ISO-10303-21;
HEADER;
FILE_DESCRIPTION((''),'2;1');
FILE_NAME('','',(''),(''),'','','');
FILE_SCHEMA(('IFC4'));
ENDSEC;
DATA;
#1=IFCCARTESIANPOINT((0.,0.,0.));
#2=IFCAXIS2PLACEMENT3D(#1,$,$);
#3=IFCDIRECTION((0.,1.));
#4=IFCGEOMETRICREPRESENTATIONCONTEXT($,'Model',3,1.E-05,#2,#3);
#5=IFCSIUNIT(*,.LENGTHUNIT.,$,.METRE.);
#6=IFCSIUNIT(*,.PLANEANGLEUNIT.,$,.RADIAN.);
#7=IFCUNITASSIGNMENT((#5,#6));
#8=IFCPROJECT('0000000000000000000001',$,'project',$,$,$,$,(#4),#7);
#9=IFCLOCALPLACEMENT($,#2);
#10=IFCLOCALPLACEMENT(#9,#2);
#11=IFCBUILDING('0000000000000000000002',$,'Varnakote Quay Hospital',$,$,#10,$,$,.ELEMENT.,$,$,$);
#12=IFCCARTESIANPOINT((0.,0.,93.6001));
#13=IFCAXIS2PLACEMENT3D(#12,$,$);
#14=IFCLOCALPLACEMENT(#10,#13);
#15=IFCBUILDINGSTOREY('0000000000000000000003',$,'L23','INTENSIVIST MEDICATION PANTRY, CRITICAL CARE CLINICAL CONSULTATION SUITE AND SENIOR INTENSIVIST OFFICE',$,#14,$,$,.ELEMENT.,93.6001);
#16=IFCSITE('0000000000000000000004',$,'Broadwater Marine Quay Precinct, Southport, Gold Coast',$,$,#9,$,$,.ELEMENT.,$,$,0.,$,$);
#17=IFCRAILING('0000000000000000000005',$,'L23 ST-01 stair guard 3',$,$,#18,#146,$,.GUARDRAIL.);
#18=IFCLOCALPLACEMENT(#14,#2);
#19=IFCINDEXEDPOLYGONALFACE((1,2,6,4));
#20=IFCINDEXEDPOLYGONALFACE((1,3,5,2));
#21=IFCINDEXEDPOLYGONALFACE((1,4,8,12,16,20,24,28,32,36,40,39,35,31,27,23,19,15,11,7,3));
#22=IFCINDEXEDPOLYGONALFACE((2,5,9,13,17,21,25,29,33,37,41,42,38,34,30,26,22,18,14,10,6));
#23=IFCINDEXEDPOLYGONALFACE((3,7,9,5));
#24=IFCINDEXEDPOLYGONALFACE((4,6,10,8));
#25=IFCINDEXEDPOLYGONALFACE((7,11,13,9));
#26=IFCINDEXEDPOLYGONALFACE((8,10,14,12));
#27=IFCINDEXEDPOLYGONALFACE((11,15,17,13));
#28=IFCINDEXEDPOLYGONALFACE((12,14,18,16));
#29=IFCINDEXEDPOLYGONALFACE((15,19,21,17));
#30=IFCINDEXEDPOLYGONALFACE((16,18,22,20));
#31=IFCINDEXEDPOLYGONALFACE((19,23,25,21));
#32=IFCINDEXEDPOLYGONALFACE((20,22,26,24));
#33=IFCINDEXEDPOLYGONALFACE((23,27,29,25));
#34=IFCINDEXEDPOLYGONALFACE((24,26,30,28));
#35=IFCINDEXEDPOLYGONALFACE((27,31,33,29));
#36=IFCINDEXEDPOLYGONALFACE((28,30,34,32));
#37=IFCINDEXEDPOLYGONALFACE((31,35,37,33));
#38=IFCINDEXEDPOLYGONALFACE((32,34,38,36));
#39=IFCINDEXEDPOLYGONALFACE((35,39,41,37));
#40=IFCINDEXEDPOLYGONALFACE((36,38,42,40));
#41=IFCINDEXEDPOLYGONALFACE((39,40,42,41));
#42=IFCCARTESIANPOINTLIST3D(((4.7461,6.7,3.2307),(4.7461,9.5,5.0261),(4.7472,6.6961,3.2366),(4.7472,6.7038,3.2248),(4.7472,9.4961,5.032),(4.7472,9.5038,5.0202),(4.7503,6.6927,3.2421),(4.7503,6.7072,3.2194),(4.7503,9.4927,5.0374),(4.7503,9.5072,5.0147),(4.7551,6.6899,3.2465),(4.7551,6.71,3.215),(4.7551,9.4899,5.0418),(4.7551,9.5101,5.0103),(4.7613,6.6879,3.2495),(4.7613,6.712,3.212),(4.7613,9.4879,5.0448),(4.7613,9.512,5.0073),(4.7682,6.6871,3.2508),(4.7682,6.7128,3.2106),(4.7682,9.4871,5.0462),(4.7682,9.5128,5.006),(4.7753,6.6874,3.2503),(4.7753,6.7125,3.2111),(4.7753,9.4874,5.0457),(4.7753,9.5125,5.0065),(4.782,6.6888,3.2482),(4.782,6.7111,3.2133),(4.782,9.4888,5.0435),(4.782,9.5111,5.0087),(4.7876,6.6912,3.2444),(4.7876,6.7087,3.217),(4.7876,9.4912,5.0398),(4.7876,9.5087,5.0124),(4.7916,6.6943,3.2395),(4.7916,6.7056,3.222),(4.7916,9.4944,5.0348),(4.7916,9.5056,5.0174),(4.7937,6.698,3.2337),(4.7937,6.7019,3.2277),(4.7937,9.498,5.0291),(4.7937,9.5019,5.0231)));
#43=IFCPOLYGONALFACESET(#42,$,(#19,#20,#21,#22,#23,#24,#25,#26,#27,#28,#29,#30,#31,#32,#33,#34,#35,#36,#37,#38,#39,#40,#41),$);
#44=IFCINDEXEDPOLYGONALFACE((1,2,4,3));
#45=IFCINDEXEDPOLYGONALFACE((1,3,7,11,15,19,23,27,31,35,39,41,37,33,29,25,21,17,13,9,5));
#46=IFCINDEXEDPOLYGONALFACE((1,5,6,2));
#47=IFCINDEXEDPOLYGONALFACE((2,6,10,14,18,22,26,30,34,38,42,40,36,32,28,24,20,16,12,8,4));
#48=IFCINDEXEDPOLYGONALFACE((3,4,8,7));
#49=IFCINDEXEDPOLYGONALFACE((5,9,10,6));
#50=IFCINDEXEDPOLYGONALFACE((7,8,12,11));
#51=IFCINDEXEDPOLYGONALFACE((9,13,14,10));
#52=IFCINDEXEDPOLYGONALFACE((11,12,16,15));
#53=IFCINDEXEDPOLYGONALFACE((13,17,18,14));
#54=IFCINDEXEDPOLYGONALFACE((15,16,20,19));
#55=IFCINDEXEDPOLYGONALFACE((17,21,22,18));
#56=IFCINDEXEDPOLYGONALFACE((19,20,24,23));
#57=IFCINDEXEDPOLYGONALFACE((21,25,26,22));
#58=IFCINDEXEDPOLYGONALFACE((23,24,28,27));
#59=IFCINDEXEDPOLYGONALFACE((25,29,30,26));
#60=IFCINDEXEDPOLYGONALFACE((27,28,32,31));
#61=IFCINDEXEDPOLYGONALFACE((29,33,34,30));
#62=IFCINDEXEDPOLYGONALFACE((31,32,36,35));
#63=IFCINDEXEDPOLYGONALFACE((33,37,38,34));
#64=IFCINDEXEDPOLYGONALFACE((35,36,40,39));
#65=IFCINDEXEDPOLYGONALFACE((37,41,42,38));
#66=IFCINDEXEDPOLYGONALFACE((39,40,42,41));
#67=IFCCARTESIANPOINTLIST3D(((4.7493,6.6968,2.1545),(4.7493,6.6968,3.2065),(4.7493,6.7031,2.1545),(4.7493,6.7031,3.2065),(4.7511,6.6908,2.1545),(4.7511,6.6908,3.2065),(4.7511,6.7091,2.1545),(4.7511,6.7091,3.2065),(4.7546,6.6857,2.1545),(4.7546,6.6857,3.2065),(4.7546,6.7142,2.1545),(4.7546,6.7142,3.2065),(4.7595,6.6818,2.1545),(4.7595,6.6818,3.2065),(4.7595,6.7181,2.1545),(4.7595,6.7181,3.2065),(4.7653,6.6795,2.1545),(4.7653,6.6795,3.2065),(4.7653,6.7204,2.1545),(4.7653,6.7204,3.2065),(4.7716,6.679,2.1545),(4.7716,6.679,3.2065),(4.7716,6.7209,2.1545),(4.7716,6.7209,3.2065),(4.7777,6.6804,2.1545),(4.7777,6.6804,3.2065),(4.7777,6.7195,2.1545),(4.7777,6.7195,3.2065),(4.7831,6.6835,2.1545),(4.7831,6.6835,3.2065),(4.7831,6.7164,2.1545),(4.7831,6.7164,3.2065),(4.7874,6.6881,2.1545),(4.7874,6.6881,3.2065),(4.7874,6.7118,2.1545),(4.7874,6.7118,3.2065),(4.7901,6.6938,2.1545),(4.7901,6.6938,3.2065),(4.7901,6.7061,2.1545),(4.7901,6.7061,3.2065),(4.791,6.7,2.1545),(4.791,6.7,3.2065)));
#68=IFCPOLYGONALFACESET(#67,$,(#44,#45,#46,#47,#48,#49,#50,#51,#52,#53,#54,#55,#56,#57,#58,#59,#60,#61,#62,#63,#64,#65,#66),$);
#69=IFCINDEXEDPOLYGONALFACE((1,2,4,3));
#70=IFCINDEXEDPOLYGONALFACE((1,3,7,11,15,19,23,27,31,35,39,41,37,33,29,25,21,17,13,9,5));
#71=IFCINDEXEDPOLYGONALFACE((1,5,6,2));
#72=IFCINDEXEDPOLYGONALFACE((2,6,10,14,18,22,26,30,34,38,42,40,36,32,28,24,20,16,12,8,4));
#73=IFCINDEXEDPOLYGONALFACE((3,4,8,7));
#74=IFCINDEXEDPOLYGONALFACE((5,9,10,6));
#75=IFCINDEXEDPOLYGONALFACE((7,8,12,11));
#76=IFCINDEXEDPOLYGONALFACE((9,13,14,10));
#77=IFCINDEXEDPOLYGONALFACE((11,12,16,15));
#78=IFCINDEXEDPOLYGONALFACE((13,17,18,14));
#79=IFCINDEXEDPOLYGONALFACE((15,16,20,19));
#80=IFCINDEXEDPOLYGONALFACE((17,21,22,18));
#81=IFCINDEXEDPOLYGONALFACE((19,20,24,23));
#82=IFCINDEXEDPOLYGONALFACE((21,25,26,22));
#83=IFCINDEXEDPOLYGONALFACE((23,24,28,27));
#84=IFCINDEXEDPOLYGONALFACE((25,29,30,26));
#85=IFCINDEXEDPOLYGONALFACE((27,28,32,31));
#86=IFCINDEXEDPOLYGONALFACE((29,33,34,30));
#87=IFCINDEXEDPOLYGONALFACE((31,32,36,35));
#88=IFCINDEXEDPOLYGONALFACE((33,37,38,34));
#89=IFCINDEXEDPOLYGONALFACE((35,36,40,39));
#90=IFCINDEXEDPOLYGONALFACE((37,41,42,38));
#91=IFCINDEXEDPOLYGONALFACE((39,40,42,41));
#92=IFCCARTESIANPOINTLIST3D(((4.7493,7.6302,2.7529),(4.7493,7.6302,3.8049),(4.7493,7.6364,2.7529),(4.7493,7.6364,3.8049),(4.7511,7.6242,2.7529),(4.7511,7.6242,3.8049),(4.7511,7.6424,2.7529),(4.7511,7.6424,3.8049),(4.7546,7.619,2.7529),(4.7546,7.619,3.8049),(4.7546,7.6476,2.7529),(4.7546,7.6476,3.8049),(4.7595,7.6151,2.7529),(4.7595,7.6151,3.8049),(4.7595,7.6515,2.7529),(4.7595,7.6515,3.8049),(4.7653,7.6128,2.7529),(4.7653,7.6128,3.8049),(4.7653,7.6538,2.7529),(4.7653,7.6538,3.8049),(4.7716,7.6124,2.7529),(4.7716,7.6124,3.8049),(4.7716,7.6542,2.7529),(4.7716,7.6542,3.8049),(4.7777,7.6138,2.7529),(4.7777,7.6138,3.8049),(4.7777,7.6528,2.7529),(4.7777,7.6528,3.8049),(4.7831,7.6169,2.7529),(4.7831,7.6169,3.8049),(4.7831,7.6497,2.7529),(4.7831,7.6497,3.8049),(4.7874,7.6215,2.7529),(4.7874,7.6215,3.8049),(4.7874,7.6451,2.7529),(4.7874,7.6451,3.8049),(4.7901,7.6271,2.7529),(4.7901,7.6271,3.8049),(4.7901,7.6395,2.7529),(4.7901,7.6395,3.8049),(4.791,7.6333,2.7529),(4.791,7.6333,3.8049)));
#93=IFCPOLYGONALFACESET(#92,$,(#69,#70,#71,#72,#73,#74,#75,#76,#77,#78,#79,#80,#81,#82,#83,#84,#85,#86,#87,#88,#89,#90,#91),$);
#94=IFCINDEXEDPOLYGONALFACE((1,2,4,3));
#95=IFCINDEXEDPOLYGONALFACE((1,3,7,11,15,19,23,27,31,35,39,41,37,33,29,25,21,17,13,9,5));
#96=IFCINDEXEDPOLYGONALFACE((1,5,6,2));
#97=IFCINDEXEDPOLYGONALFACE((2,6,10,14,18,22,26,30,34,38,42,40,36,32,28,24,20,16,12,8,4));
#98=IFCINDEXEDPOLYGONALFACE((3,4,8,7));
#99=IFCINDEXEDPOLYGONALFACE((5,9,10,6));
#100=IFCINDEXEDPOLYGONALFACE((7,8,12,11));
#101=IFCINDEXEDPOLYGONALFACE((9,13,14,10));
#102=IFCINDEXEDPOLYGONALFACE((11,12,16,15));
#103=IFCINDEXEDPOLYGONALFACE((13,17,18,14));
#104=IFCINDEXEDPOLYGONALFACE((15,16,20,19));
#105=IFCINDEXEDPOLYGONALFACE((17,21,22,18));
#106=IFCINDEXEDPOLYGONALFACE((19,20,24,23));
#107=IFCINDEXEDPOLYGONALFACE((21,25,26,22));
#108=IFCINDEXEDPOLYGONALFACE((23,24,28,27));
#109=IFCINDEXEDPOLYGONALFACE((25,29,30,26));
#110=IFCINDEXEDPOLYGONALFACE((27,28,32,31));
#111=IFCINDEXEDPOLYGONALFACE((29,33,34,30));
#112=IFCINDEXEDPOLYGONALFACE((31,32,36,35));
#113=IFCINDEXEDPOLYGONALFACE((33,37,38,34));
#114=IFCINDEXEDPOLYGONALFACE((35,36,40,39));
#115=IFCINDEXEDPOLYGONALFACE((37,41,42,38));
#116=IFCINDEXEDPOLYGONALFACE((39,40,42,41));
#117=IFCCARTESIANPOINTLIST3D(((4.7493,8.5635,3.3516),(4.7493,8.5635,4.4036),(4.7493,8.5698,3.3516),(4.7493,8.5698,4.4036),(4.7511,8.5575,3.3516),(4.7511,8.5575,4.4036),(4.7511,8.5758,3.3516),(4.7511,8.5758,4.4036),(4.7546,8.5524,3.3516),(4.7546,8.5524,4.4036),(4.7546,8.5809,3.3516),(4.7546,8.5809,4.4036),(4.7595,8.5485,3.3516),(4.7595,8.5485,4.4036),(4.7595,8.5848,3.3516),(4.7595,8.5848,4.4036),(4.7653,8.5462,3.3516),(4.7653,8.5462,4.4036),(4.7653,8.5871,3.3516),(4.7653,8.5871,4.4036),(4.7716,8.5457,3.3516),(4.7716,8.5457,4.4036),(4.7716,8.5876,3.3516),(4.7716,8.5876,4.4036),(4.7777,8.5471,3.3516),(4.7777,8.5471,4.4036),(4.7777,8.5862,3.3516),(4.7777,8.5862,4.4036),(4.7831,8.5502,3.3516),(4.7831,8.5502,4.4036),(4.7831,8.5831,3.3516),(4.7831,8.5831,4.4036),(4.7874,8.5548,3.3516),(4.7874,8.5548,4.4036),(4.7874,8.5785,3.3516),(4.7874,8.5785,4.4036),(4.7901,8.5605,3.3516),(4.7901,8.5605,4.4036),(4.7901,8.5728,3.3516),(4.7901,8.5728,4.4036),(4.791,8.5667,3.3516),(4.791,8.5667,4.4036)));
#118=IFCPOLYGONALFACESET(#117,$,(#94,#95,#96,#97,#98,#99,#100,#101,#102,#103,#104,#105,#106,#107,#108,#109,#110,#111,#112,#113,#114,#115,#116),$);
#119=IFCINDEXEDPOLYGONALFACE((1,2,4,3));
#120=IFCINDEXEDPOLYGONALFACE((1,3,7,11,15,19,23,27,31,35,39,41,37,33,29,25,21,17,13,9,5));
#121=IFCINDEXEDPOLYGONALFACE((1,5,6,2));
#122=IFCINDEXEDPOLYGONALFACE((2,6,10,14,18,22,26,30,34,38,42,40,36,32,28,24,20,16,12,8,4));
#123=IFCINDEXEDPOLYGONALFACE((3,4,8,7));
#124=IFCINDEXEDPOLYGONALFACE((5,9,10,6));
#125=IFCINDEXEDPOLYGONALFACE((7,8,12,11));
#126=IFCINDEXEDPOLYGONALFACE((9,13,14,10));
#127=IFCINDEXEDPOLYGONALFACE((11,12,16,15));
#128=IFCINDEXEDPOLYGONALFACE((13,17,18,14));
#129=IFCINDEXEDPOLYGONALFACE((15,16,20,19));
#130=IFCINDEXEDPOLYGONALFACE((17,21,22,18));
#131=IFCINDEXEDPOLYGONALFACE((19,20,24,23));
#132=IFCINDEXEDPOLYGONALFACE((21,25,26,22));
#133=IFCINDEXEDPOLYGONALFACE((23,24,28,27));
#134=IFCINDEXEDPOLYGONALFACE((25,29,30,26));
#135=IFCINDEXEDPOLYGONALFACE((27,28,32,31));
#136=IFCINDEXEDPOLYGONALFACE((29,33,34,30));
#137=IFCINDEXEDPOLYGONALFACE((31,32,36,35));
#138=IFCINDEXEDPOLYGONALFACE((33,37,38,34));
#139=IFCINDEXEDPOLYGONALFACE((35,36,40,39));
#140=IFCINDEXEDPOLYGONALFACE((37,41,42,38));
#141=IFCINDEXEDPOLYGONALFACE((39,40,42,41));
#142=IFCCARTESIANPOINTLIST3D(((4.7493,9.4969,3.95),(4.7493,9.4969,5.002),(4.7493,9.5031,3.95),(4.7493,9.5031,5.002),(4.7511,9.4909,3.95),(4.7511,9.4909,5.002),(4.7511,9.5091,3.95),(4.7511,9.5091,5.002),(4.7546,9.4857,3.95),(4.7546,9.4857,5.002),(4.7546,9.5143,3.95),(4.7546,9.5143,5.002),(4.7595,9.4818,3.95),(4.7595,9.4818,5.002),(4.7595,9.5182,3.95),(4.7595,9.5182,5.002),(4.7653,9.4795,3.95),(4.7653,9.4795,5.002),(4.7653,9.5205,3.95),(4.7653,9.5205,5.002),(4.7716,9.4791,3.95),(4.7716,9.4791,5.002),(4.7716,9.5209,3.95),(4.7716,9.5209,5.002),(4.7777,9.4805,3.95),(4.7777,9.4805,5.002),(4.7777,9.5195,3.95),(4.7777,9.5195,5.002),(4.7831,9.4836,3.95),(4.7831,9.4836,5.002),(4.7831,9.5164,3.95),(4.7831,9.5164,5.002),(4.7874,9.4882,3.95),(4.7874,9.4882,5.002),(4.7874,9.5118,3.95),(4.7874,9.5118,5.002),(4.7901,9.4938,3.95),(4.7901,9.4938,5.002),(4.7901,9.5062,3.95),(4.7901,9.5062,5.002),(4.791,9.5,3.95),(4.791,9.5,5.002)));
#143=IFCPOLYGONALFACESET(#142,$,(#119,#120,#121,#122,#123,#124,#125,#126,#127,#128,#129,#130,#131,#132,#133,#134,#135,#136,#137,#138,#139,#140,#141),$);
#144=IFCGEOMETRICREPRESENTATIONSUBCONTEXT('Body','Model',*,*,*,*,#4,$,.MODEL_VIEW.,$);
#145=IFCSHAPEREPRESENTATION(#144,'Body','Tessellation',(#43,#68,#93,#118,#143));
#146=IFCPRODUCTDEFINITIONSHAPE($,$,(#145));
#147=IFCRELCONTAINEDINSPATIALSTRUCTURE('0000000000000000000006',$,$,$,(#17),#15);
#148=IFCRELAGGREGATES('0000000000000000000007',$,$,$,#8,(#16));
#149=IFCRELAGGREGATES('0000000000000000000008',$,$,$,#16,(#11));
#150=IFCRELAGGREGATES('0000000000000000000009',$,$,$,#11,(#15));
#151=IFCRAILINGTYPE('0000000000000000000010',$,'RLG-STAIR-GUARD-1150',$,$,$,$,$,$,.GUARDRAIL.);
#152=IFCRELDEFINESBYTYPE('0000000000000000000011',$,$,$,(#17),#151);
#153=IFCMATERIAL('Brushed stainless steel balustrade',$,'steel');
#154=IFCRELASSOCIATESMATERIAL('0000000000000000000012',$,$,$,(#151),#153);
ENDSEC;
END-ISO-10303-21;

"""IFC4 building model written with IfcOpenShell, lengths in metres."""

from ifc_helpers import new_model, si_unit, direction, frame, origin, origin_2d, place, context, subcontext, project, spatial, circle, extrude, material, type_object, element, save


model = new_model("IFC4")

# Units and contexts
model_context = context("Model", 3, precision=1e-05, world=origin(), true_north=direction((0.0, 1.0)))
body_context = subcontext(model_context, "Body", "Model", "MODEL_VIEW")
ifc_project = project(units=[si_unit("LENGTHUNIT", "METRE"), si_unit("PLANEANGLEUNIT", "RADIAN")], contexts=[model_context])

# Site, building, storey
site_placement = place(None, origin())
site = spatial("IfcSite", under=ifc_project, at=site_placement, Name="Broadwater Marine Quay Precinct, Southport, Gold Coast", CompositionType="ELEMENT", RefElevation=0.0)
building_placement = place(site_placement, origin())
building = spatial("IfcBuilding", under=site, at=building_placement, Name="Varnakote Quay Hospital", CompositionType="ELEMENT")
storey_placement = place(building_placement, frame((0.0, 0.0, 93.6001)))
storey = spatial("IfcBuildingStorey", under=building, at=storey_placement, Name="L23", Description="INTENSIVIST MEDICATION PANTRY, CRITICAL CARE CLINICAL CONSULTATION SUITE AND SENIOR INTENSIVIST OFFICE", CompositionType="ELEMENT", Elevation=93.6001)

# Railing
ifc_material_1 = material(Name="Brushed stainless steel balustrade", Category="steel")
railing_type_1 = type_object("IfcRailingType", Name="RLG-STAIR-GUARD-1150", PredefinedType="GUARDRAIL", material=ifc_material_1)
railing_1_placement = place(storey_placement, frame((4.77, 6.7, 2.1545)))
element("IfcRailing", 1, at=railing_1_placement, inside=storey, type_object=railing_type_1, Name="L23 ST-01 stair guard 3", PredefinedType="GUARDRAIL", context=body_context, shape_type="SweptSolid", body=[
    extrude(circle(Radius=0.0239, at=origin_2d()), frame((0.0, 0.0, 1.0762), z_axis=(0.0, 0.84181, 0.539774), x_axis=(-1.0, 0.0, 0.0)), (0.0, 0.0, 1.0), 3.3262),
    extrude(circle(Radius=0.021, at=origin_2d()), origin(), (0.0, 0.0, 1.0), 1.052),
    extrude(circle(Radius=0.021, at=origin_2d()), frame((0.0, 0.9333, 0.5984)), (0.0, 0.0, 1.0), 1.052),
    extrude(circle(Radius=0.021, at=origin_2d()), frame((0.0, 1.8667, 1.197)), (0.0, 0.0, 1.0), 1.052),
    extrude(circle(Radius=0.021, at=origin_2d()), frame((0.0, 2.8, 1.7954)), (0.0, 0.0, 1.0), 1.052),
])

save(model, "model.ifc")
